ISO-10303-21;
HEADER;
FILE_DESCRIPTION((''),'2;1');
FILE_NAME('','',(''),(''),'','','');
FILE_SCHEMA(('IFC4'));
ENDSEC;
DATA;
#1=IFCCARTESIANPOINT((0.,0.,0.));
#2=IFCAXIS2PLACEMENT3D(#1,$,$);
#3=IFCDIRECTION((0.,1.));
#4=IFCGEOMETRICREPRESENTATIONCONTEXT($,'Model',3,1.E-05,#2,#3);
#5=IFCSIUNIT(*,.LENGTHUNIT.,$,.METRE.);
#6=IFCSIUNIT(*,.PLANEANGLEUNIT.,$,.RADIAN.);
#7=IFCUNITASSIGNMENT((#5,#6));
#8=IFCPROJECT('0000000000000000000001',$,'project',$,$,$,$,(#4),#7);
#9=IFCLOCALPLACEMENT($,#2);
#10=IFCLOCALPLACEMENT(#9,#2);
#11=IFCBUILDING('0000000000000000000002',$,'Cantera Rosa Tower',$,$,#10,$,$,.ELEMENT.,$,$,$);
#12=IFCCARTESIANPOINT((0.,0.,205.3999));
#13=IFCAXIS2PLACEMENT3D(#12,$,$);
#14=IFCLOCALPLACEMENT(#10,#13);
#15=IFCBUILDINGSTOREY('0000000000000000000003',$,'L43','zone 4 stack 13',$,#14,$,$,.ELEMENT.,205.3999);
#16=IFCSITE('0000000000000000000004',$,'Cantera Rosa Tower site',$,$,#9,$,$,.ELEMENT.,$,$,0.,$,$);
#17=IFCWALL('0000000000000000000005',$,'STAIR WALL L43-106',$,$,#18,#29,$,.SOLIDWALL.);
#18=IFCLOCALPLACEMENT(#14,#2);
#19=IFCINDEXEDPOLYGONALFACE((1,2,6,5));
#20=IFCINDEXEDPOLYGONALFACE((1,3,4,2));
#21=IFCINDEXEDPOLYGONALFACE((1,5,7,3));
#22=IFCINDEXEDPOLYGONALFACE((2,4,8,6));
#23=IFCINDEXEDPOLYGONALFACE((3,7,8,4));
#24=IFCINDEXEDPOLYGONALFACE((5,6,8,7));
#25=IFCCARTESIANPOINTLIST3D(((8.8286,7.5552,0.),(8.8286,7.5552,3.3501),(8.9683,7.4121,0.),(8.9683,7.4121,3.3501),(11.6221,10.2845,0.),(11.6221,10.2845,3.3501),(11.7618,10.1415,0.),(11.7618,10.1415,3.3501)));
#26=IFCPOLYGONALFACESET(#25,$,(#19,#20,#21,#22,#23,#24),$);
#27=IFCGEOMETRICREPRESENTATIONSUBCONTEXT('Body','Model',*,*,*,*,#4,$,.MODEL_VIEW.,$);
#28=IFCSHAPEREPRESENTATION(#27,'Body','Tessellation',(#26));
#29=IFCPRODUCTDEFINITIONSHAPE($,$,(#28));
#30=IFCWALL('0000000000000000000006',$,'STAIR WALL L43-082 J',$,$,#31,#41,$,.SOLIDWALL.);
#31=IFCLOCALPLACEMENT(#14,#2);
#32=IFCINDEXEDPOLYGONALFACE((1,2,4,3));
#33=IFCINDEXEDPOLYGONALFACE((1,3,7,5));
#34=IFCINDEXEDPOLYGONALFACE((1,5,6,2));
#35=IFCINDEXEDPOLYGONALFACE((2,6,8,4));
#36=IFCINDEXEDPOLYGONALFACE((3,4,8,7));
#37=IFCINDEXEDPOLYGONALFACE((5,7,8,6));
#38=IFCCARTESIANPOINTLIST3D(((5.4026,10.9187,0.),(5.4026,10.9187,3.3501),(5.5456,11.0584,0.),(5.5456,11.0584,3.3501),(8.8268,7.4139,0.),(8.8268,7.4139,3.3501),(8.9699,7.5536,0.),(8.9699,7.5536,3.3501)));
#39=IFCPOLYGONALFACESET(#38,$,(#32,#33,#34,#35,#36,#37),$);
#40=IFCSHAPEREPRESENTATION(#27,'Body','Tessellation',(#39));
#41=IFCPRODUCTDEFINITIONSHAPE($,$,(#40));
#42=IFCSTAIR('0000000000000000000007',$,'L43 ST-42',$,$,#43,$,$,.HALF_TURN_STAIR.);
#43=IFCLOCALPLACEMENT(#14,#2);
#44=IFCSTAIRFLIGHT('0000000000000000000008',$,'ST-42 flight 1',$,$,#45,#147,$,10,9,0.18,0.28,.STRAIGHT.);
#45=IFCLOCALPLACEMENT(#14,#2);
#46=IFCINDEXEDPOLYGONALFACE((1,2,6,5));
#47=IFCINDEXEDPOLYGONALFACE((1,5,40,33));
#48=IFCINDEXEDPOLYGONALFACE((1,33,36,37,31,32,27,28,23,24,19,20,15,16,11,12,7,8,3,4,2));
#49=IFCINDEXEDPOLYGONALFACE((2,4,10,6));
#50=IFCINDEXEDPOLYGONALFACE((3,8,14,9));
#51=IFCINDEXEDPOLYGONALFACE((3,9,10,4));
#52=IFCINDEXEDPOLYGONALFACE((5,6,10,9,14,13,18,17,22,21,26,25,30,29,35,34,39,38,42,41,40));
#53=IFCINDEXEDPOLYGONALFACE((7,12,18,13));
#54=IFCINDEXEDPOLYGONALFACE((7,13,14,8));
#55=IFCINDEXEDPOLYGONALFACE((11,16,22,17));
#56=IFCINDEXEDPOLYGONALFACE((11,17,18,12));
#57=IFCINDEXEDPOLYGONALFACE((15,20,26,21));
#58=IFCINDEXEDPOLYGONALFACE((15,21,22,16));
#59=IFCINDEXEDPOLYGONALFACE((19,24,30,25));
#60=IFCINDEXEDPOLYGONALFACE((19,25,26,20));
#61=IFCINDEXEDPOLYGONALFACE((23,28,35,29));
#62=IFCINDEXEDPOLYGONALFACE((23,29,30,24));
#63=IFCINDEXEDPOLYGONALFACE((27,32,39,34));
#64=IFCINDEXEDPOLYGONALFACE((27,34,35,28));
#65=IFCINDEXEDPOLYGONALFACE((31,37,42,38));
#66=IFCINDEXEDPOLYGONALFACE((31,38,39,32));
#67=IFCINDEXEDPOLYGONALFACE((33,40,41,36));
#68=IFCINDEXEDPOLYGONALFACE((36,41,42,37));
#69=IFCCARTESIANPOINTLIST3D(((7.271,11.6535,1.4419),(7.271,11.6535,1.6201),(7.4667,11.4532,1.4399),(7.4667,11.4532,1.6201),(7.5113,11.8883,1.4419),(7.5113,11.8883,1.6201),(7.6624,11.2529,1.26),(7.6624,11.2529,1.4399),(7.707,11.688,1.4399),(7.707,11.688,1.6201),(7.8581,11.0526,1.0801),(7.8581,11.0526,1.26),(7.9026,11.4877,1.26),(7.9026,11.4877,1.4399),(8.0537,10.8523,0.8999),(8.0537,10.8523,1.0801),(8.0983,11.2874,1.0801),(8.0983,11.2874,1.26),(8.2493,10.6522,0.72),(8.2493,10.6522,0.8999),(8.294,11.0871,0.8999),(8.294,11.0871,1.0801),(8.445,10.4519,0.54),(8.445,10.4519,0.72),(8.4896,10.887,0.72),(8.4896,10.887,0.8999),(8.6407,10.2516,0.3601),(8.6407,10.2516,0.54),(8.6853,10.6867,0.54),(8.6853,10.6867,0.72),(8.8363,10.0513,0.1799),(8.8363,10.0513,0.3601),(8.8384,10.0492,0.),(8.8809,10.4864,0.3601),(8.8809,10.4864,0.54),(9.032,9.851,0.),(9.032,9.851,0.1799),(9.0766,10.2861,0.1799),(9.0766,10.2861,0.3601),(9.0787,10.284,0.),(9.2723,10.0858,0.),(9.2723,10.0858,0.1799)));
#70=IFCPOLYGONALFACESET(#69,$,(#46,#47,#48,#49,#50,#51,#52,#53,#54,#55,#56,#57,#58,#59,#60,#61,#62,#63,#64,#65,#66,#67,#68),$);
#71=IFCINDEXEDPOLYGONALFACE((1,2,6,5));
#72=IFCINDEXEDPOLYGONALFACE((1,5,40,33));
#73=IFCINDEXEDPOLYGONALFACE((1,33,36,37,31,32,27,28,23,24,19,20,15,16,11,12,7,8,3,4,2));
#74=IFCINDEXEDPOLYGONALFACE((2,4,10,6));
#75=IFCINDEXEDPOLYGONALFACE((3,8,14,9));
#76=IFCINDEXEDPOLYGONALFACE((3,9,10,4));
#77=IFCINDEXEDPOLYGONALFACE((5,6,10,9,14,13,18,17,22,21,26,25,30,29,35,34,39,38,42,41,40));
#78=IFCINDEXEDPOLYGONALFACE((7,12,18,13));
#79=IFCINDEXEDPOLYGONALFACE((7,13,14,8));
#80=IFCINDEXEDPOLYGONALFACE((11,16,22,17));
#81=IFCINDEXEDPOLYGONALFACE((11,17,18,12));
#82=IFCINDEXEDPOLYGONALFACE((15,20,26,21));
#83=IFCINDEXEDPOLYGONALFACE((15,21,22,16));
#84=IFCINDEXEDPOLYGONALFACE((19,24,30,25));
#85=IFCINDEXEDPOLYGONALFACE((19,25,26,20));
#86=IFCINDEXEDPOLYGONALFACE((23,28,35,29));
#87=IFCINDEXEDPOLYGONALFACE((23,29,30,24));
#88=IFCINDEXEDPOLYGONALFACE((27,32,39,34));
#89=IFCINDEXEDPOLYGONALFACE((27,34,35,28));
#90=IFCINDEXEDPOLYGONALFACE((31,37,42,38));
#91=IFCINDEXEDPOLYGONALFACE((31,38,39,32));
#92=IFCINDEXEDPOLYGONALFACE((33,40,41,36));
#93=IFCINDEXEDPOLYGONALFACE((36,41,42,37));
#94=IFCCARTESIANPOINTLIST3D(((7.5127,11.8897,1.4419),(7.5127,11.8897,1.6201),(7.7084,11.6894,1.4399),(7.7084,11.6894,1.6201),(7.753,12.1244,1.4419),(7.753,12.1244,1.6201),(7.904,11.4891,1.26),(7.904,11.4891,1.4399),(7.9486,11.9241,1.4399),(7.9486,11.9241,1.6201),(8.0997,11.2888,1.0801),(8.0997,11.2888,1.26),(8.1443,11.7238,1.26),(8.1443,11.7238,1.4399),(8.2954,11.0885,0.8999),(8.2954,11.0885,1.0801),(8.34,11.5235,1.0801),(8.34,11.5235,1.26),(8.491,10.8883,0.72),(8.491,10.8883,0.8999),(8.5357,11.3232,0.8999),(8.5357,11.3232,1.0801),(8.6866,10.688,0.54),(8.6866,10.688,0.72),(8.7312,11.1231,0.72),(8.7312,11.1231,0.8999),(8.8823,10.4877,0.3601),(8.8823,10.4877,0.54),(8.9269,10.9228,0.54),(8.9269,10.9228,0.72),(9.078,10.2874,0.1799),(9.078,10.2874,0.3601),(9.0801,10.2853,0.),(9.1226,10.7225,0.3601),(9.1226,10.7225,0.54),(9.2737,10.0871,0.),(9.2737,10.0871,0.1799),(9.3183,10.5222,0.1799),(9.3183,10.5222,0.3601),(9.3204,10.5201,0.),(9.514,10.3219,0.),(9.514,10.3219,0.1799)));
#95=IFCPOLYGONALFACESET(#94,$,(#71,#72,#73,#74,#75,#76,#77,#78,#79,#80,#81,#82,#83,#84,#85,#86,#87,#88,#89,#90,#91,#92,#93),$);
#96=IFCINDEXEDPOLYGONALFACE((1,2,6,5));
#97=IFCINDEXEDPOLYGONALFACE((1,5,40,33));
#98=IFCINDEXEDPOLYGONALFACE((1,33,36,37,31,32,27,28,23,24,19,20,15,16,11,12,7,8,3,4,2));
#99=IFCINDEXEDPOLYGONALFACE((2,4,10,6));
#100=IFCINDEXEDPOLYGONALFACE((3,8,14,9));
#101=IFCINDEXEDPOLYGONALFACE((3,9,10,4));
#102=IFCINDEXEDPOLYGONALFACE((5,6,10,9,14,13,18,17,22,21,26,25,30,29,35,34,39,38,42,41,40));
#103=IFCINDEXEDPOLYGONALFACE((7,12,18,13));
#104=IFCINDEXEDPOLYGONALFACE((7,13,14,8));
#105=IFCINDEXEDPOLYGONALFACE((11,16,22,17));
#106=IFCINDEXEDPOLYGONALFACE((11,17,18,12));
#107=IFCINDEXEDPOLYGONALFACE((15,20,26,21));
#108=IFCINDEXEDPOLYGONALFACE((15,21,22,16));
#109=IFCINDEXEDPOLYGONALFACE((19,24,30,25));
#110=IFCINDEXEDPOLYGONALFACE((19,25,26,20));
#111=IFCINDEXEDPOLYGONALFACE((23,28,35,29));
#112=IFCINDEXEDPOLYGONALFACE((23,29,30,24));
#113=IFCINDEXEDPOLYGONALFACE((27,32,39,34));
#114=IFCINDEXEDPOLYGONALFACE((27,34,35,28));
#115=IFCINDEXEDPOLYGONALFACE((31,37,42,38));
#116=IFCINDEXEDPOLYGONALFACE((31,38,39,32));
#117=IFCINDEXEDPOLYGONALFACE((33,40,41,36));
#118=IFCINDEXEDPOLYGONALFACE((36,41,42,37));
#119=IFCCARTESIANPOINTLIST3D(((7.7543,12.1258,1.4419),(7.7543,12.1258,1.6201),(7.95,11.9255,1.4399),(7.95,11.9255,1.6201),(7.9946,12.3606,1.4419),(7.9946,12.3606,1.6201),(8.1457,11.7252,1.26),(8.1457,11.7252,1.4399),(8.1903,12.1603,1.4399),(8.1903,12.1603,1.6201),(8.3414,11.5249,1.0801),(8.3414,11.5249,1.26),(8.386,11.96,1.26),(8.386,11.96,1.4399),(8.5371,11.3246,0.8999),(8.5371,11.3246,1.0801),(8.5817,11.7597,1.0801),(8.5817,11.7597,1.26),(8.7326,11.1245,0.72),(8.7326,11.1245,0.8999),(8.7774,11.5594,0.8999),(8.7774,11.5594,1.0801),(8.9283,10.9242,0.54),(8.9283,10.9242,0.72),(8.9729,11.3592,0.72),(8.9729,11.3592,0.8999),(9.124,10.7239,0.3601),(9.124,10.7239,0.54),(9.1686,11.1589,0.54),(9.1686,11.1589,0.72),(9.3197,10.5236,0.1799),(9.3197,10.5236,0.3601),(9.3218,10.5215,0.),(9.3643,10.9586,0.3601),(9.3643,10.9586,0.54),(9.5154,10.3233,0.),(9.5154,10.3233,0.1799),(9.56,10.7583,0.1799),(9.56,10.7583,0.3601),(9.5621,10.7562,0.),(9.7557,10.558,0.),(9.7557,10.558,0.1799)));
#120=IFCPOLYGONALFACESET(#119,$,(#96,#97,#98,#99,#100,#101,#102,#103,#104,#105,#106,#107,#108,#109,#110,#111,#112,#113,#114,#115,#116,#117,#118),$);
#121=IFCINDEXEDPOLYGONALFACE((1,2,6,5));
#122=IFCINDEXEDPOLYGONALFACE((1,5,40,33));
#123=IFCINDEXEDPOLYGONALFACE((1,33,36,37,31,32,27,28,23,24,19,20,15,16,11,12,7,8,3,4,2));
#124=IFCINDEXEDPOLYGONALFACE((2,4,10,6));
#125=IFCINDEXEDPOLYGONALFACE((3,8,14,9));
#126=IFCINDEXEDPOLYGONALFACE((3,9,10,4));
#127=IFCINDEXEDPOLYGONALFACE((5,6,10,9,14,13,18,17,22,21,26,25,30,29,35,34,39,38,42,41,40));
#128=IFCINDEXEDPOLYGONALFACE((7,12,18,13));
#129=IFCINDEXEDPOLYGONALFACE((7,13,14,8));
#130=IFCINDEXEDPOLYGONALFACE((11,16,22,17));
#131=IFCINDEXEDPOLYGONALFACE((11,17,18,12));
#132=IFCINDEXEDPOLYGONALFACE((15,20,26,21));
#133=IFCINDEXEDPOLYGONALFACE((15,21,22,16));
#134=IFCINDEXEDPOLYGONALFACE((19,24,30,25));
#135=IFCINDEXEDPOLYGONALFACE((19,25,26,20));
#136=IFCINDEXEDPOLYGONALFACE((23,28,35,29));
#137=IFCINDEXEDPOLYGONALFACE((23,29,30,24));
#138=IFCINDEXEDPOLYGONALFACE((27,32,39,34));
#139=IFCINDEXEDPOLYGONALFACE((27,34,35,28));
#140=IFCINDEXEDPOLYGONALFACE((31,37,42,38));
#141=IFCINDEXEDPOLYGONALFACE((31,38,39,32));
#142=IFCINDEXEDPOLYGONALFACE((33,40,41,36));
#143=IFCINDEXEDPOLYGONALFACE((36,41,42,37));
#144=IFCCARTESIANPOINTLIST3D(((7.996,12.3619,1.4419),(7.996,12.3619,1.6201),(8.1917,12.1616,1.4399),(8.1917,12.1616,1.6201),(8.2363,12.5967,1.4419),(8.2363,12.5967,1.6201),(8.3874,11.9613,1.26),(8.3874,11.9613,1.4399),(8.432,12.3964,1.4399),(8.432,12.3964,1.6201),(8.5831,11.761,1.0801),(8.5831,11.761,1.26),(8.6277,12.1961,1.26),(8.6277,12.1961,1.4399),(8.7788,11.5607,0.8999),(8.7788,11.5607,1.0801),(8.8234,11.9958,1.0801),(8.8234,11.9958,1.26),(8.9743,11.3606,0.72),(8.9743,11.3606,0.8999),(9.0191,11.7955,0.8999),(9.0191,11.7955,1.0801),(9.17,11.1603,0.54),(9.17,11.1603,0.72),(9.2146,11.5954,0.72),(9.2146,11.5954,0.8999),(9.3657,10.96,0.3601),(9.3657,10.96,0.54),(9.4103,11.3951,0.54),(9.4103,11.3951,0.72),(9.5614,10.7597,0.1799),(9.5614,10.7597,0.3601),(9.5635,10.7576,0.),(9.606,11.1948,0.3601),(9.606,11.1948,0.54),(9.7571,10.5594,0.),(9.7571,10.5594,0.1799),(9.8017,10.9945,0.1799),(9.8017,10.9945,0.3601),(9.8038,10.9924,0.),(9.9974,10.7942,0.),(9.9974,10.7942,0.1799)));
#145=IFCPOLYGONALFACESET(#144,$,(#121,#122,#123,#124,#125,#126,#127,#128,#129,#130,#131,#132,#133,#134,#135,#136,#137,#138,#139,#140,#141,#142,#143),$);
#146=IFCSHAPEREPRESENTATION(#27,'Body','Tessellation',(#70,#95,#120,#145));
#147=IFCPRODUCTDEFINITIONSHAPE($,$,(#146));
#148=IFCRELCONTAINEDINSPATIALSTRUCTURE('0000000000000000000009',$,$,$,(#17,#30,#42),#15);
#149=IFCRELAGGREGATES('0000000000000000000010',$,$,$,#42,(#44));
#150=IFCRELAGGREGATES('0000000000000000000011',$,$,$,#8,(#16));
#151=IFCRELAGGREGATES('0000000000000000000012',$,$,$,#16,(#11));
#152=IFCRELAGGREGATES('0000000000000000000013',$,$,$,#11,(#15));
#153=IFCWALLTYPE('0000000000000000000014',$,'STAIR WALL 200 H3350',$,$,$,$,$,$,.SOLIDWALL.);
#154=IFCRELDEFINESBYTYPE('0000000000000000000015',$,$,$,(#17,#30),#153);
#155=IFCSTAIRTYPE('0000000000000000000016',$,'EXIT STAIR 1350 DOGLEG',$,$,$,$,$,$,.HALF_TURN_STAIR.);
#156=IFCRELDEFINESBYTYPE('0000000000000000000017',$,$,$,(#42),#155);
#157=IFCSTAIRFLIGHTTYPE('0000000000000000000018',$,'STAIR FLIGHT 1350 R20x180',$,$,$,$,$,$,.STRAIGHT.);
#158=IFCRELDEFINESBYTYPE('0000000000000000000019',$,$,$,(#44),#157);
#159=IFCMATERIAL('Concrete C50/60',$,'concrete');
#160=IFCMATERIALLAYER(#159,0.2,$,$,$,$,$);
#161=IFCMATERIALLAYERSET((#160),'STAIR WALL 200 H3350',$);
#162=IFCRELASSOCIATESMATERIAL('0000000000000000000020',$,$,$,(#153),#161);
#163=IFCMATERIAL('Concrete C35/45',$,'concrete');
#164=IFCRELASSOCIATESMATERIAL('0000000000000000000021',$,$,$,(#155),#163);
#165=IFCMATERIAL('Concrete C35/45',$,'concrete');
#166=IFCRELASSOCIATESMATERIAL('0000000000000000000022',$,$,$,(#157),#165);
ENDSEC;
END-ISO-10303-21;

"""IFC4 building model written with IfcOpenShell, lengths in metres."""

from ifc_helpers import new_model, si_unit, direction, frame, frame_2d, origin, place, context, subcontext, project, spatial, polyline, rectangle, outline, extrude, material, layer, layer_set, type_object, element, aggregate, save


model = new_model("IFC4")

# Units and contexts
model_context = context("Model", 3, precision=1e-05, world=origin(), true_north=direction((0.0, 1.0)))
body_context = subcontext(model_context, "Body", "Model", "MODEL_VIEW")
ifc_project = project(units=[si_unit("LENGTHUNIT", "METRE"), si_unit("PLANEANGLEUNIT", "RADIAN")], contexts=[model_context])

# Site, building, storey
site_placement = place(None, origin())
site = spatial("IfcSite", under=ifc_project, at=site_placement, Name="Cantera Rosa Tower site", CompositionType="ELEMENT", RefElevation=0.0)
building_placement = place(site_placement, origin())
building = spatial("IfcBuilding", under=site, at=building_placement, Name="Cantera Rosa Tower", CompositionType="ELEMENT")
storey_placement = place(building_placement, frame((0.0, 0.0, 205.3999)))
storey = spatial("IfcBuildingStorey", under=building, at=storey_placement, Name="L43", Description="zone 4 stack 13", CompositionType="ELEMENT", Elevation=205.3999)

# Shared definitions
ifc_material_1 = material(Name="Concrete C50/60", Category="concrete")
ifc_layer_1 = layer(ifc_material_1, 0.2)
ifc_layer_set_1 = layer_set([ifc_layer_1], Name="STAIR WALL 200 H3350")
wall_type_1 = type_object("IfcWallType", Name="STAIR WALL 200 H3350", PredefinedType="SOLIDWALL", material=ifc_layer_set_1)

# Walls
wall_1_placement = place(storey_placement, frame((11.6919, 10.2129, 0.0), z_axis=(0.0, 0.0, 1.0), x_axis=(-0.71528, -0.698838, 0.0)))
element("IfcWall", 1, at=wall_1_placement, inside=storey, type_object=wall_type_1, Name="STAIR WALL L43-106", PredefinedType="SOLIDWALL", context=body_context, shape_type="SweptSolid", body=[
    extrude(rectangle(XDim=3.9055, YDim=0.2, at=frame_2d((1.9526, 0.0))), origin(), (0.0, 0.0, 1.0), 3.3501),
])
wall_2_placement = place(storey_placement, frame((5.4741, 10.9885, 0.0), z_axis=(0.0, 0.0, 1.0), x_axis=(0.698838, -0.71528, 0.0)))
element("IfcWall", 2, at=wall_2_placement, inside=storey, type_object=wall_type_1, Name="STAIR WALL L43-082 J", PredefinedType="SOLIDWALL", context=body_context, shape_type="SweptSolid", body=[
    extrude(rectangle(XDim=4.8999, YDim=0.2, at=frame_2d((2.45, 0.0))), origin(), (0.0, 0.0, 1.0), 3.3501),
])

# Stair, stair flight
ifc_material_2 = material(Name="Concrete C35/45", Category="concrete")
stair_type = type_object("IfcStairType", Name="EXIT STAIR 1350 DOGLEG", PredefinedType="HALF_TURN_STAIR", material=ifc_material_2)
stair_placement = place(storey_placement, origin())
stair = element("IfcStair", 3, at=stair_placement, inside=storey, type_object=stair_type, Name="L43 ST-42", PredefinedType="HALF_TURN_STAIR")
ifc_material_3 = material(Name="Concrete C35/45", Category="concrete")
stair_flight_type = type_object("IfcStairFlightType", Name="STAIR FLIGHT 1350 R20x180", PredefinedType="STRAIGHT", material=ifc_material_3)
stair_flight_1_placement = place(storey_placement, frame((9.5149, 10.3228, 0.0), z_axis=(0.0, 0.0, 1.0), x_axis=(-0.698832, 0.715286, 0.0)))
stair_flight_1 = element("IfcStairFlight", 4, at=stair_flight_1_placement, type_object=stair_flight_type, Name="ST-42 flight 1", NumberOfRisers=10, NumberOfTreads=9, PredefinedType="STRAIGHT", RiserHeight=0.18, TreadLength=0.28, context=body_context, shape_type="SweptSolid", body=[
    extrude(outline(polyline([(0.0, 0.0), (0.0, 0.1799), (0.28, 0.1799), (0.28, 0.3601), (0.5601, 0.3601), (0.5601, 0.54), (0.8401, 0.54), (0.8401, 0.72), (1.1201, 0.72), (1.1201, 0.8999), (1.3999, 0.8999), (1.3999, 1.0801), (1.6799, 1.0801), (1.6799, 1.26), (1.96, 1.26), (1.96, 1.4399), (2.24, 1.4399), (2.24, 1.6201), (2.52, 1.6201), (2.52, 1.8), (2.52, 1.4419), (0.2771, 0.0), (0.0, 0.0)])), frame((0.0, 0.675, 0.0), z_axis=(0.0, -1.0, 0.0), x_axis=(1.0, 0.0, 0.0)), (0.0, 0.0, 1.0), 0.3359),
    extrude(outline(polyline([(0.0, 0.0), (0.0, 0.1799), (0.28, 0.1799), (0.28, 0.3601), (0.5601, 0.3601), (0.5601, 0.54), (0.8401, 0.54), (0.8401, 0.72), (1.1201, 0.72), (1.1201, 0.8999), (1.3999, 0.8999), (1.3999, 1.0801), (1.6799, 1.0801), (1.6799, 1.26), (1.96, 1.26), (1.96, 1.4399), (2.24, 1.4399), (2.24, 1.6201), (2.52, 1.6201), (2.52, 1.8), (2.52, 1.4419), (0.2771, 0.0), (0.0, 0.0)])), frame((0.0, 0.3372, 0.0), z_axis=(0.0, -1.0, 0.0), x_axis=(1.0, 0.0, 0.0)), (0.0, 0.0, 1.0), 0.3359),
    extrude(outline(polyline([(0.0, 0.0), (0.0, 0.1799), (0.28, 0.1799), (0.28, 0.3601), (0.5601, 0.3601), (0.5601, 0.54), (0.8401, 0.54), (0.8401, 0.72), (1.1201, 0.72), (1.1201, 0.8999), (1.3999, 0.8999), (1.3999, 1.0801), (1.6799, 1.0801), (1.6799, 1.26), (1.96, 1.26), (1.96, 1.4399), (2.24, 1.4399), (2.24, 1.6201), (2.52, 1.6201), (2.52, 1.8), (2.52, 1.4419), (0.2771, 0.0), (0.0, 0.0)])), frame((0.0, -0.0007, 0.0), z_axis=(0.0, -1.0, 0.0), x_axis=(1.0, 0.0, 0.0)), (0.0, 0.0, 1.0), 0.3359),
    extrude(outline(polyline([(0.0, 0.0), (0.0, 0.1799), (0.28, 0.1799), (0.28, 0.3601), (0.5601, 0.3601), (0.5601, 0.54), (0.8401, 0.54), (0.8401, 0.72), (1.1201, 0.72), (1.1201, 0.8999), (1.3999, 0.8999), (1.3999, 1.0801), (1.6799, 1.0801), (1.6799, 1.26), (1.96, 1.26), (1.96, 1.4399), (2.24, 1.4399), (2.24, 1.6201), (2.52, 1.6201), (2.52, 1.8), (2.52, 1.4419), (0.2771, 0.0), (0.0, 0.0)])), frame((0.0, -0.3386, 0.0), z_axis=(0.0, -1.0, 0.0), x_axis=(1.0, 0.0, 0.0)), (0.0, 0.0, 1.0), 0.3359),
])
aggregate(stair, [stair_flight_1])

save(model, "model.ifc")
